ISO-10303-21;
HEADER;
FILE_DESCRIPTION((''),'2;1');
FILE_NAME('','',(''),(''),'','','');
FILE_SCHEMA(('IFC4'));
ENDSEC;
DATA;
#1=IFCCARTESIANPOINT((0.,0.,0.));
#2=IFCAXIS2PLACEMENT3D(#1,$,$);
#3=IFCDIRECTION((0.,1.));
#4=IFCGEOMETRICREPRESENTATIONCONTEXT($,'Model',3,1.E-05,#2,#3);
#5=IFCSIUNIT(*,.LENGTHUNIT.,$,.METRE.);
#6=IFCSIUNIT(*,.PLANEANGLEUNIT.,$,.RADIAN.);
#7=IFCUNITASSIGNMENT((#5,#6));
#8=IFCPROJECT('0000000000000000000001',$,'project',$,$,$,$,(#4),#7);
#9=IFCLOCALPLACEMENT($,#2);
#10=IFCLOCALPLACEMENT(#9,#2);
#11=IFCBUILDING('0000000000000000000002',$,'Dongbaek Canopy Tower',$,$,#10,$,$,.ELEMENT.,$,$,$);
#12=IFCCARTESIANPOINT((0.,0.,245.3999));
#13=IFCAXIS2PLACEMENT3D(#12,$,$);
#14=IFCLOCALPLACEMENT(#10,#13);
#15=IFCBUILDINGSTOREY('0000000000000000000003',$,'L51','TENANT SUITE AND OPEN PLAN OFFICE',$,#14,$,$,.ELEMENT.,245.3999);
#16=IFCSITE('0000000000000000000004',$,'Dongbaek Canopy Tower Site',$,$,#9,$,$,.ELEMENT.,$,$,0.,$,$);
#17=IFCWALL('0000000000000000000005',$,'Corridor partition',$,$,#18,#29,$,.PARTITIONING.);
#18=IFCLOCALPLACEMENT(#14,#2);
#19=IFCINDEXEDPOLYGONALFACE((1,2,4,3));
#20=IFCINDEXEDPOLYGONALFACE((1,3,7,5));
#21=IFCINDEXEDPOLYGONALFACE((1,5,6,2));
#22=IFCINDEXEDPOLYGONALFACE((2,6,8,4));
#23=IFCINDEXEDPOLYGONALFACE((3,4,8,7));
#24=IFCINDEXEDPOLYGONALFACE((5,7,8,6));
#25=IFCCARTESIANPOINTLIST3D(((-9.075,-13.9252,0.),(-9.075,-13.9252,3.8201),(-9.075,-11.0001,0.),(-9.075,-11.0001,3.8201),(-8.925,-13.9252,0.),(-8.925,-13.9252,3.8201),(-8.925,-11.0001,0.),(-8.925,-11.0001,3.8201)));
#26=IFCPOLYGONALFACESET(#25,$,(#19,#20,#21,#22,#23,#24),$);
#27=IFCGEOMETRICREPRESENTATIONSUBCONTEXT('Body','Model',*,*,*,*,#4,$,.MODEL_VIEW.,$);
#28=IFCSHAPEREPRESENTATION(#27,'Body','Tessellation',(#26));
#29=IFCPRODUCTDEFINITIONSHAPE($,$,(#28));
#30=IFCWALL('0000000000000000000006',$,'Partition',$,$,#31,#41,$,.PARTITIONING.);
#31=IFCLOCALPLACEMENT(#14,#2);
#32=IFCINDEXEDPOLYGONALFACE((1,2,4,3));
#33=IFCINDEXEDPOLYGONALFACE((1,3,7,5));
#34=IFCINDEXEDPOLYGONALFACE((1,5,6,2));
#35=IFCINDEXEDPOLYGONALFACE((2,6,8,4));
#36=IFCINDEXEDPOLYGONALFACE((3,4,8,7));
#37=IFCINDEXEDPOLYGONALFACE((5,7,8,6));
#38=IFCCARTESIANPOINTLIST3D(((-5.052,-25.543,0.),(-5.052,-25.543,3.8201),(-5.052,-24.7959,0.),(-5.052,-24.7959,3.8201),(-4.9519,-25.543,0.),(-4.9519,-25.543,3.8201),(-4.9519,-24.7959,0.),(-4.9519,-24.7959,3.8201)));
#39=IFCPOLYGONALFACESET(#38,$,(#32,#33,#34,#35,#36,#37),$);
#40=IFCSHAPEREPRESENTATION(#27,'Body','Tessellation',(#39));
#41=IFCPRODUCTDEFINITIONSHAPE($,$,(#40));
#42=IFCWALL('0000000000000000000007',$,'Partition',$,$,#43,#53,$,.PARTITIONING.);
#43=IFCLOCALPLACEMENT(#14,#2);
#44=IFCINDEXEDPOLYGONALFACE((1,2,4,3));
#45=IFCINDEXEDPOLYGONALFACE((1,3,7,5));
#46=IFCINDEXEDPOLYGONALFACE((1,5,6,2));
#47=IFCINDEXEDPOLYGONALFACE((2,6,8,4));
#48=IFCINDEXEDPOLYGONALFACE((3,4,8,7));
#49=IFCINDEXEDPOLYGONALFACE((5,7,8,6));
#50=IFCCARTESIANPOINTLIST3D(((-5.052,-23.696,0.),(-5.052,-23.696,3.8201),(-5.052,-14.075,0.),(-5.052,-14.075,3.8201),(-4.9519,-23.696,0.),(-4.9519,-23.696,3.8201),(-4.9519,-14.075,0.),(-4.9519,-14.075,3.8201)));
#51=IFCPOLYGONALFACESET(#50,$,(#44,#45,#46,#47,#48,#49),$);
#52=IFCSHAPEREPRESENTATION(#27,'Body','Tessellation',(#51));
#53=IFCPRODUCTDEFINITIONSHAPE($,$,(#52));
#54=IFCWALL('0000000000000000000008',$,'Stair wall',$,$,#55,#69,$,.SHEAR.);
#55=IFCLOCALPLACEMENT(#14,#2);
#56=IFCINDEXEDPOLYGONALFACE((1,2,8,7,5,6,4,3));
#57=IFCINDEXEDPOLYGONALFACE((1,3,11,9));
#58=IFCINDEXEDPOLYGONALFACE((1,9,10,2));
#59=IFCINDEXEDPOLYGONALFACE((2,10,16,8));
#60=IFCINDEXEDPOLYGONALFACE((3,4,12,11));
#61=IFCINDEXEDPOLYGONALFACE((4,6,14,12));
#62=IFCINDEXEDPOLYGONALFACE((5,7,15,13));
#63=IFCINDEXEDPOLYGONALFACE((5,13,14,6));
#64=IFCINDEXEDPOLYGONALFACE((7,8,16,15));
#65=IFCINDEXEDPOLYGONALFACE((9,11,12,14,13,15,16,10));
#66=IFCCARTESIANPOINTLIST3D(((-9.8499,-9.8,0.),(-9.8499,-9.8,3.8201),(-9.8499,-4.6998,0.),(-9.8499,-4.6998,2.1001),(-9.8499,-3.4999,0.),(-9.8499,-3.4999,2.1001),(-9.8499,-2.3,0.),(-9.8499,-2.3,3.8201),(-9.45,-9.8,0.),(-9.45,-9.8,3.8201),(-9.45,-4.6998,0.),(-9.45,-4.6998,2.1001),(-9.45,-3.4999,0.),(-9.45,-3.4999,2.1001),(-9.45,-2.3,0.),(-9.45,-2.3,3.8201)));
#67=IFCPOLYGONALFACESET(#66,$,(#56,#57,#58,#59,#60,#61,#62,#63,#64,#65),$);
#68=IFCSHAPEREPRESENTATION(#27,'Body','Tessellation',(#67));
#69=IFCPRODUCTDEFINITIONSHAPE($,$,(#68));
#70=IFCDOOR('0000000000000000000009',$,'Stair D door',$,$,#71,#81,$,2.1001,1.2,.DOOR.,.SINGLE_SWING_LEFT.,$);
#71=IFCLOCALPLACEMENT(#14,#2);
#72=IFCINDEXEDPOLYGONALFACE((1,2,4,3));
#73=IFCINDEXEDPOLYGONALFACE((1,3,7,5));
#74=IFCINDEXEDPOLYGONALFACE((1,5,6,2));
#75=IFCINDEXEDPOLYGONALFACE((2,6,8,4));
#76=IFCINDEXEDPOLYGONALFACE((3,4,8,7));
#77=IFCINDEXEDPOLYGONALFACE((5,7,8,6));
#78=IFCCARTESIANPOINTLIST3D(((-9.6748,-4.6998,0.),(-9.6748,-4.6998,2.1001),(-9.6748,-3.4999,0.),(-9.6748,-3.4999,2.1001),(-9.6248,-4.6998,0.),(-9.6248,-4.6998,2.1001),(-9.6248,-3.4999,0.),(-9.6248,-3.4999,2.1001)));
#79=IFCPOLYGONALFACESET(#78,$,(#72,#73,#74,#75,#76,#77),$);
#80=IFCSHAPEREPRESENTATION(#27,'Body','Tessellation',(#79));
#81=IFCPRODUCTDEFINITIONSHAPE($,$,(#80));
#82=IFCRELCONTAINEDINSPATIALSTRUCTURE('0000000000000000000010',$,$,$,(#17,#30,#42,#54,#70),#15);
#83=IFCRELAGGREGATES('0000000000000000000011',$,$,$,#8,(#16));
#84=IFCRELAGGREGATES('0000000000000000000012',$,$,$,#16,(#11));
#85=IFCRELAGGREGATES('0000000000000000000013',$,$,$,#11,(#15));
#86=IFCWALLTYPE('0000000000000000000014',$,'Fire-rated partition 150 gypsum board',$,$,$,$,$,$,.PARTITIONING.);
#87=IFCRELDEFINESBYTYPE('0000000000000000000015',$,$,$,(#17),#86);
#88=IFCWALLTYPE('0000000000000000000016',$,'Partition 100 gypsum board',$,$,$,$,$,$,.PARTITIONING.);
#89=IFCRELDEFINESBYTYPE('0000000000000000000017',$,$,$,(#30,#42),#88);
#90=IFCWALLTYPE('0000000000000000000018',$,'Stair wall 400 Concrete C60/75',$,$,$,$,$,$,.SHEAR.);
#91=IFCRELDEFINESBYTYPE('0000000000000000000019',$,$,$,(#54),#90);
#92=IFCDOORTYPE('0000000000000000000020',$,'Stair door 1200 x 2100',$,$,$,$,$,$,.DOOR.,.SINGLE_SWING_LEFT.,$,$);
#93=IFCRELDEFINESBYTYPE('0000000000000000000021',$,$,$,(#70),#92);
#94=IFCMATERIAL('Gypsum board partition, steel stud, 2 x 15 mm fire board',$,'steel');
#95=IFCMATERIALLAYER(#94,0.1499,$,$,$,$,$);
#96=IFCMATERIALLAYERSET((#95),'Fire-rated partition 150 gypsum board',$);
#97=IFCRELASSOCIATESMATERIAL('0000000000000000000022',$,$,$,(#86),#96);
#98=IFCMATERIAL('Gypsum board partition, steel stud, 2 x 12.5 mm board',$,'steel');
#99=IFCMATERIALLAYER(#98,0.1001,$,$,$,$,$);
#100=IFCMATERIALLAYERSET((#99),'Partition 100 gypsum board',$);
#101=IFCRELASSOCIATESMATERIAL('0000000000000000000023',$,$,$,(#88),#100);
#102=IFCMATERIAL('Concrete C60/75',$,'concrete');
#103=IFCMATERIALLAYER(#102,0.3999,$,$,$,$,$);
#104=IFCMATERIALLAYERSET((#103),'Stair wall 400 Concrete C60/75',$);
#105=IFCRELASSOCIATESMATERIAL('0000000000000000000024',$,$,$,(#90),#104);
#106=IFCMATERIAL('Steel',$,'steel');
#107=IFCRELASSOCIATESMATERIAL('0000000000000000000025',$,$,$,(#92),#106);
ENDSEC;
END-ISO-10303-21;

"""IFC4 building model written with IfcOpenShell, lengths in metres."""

from ifc_helpers import new_model, si_unit, direction, frame, frame_2d, origin, place, context, subcontext, project, spatial, rectangle, extrude, material, layer, layer_set, type_object, element, fill, save


model = new_model("IFC4")

# Units and contexts
model_context = context("Model", 3, precision=1e-05, world=origin(), true_north=direction((0.0, 1.0)))
body_context = subcontext(model_context, "Body", "Model", "MODEL_VIEW")
ifc_project = project(units=[si_unit("LENGTHUNIT", "METRE"), si_unit("PLANEANGLEUNIT", "RADIAN")], contexts=[model_context])

# Site, building, storey
site_placement = place(None, origin())
site = spatial("IfcSite", under=ifc_project, at=site_placement, Name="Dongbaek Canopy Tower Site", CompositionType="ELEMENT", RefElevation=0.0)
building_placement = place(site_placement, origin())
building = spatial("IfcBuilding", under=site, at=building_placement, Name="Dongbaek Canopy Tower", CompositionType="ELEMENT")
storey_placement = place(building_placement, frame((0.0, 0.0, 245.3999)))
storey = spatial("IfcBuildingStorey", under=building, at=storey_placement, Name="L51", Description="TENANT SUITE AND OPEN PLAN OFFICE", CompositionType="ELEMENT", Elevation=245.3999)

# Walls
ifc_material_1 = material(Name="Gypsum board partition, steel stud, 2 x 15 mm fire board", Category="steel")
ifc_layer_1 = layer(ifc_material_1, 0.1499)
ifc_layer_set_1 = layer_set([ifc_layer_1], Name="Fire-rated partition 150 gypsum board")
wall_type_1 = type_object("IfcWallType", Name="Fire-rated partition 150 gypsum board", PredefinedType="PARTITIONING", material=ifc_layer_set_1)
wall_1_placement = place(storey_placement, frame((-9.0, -13.925, 0.0), z_axis=(0.0, 0.0, 1.0), x_axis=(0.0, 1.0, 0.0)))
element("IfcWall", 1, at=wall_1_placement, inside=storey, type_object=wall_type_1, Name="Corridor partition", PredefinedType="PARTITIONING", context=body_context, shape_type="SweptSolid", body=[
    extrude(rectangle(XDim=2.925, YDim=0.1499, at=frame_2d((1.4624, 0.0))), origin(), (0.0, 0.0, 1.0), 3.8201),
])
ifc_material_2 = material(Name="Gypsum board partition, steel stud, 2 x 12.5 mm board", Category="steel")
ifc_layer_2 = layer(ifc_material_2, 0.1001)
ifc_layer_set_2 = layer_set([ifc_layer_2], Name="Partition 100 gypsum board")
wall_type_2 = type_object("IfcWallType", Name="Partition 100 gypsum board", PredefinedType="PARTITIONING", material=ifc_layer_set_2)
wall_2_placement = place(storey_placement, frame((-5.002, -25.543, 0.0), z_axis=(0.0, 0.0, 1.0), x_axis=(0.0, 1.0, 0.0)))
element("IfcWall", 2, at=wall_2_placement, inside=storey, type_object=wall_type_2, Name="Partition", PredefinedType="PARTITIONING", context=body_context, shape_type="SweptSolid", body=[
    extrude(rectangle(XDim=0.7471, YDim=0.1001, at=frame_2d((0.3735, 0.0))), origin(), (0.0, 0.0, 1.0), 3.8201),
])
wall_3_placement = place(storey_placement, frame((-5.002, -23.696, 0.0), z_axis=(0.0, 0.0, 1.0), x_axis=(0.0, 1.0, 0.0)))
element("IfcWall", 3, at=wall_3_placement, inside=storey, type_object=wall_type_2, Name="Partition", PredefinedType="PARTITIONING", context=body_context, shape_type="SweptSolid", body=[
    extrude(rectangle(XDim=9.6211, YDim=0.1001, at=frame_2d((4.8105, 0.0))), origin(), (0.0, 0.0, 1.0), 3.8201),
])

# Wall, opening, door
ifc_material_3 = material(Name="Concrete C60/75", Category="concrete")
ifc_layer_3 = layer(ifc_material_3, 0.3999)
ifc_layer_set_3 = layer_set([ifc_layer_3], Name="Stair wall 400 Concrete C60/75")
wall_type_3 = type_object("IfcWallType", Name="Stair wall 400 Concrete C60/75", PredefinedType="SHEAR", material=ifc_layer_set_3)
wall_4_placement = place(storey_placement, frame((-9.6499, -9.8, 0.0), z_axis=(0.0, 0.0, 1.0), x_axis=(0.0, 1.0, 0.0)))
wall_4 = element("IfcWall", 4, at=wall_4_placement, inside=storey, type_object=wall_type_3, Name="Stair wall", PredefinedType="SHEAR", context=body_context, shape_type="SweptSolid", body=[
    extrude(rectangle(XDim=7.5, YDim=0.3999, at=frame_2d((3.75, 0.0))), origin(), (0.0, 0.0, 1.0), 3.8201),
])
opening_1_placement = place(wall_4_placement, frame((5.1001, 0.0, 0.0)))
opening_1 = element("IfcOpeningElement", 5, at=opening_1_placement, cuts=wall_4, PredefinedType="OPENING", context=body_context, shape_type="SweptSolid", body=[
    extrude(rectangle(XDim=1.2, YDim=2.1001, at=frame_2d((0.6001, 1.05))), frame((0.0, 0.21, 0.0), z_axis=(0.0, -1.0, 0.0), x_axis=(1.0, 0.0, 0.0)), (0.0, 0.0, 1.0), 0.4199),
])
ifc_material_4 = material(Name="Steel", Category="steel")
door_type_1 = type_object("IfcDoorType", Name="Stair door 1200 x 2100", OperationType="SINGLE_SWING_LEFT", PredefinedType="DOOR", material=ifc_material_4)
door_1_placement = place(opening_1_placement, origin())
door_1 = element("IfcDoor", 6, at=door_1_placement, inside=storey, type_object=door_type_1, Name="Stair D door", OperationType="SINGLE_SWING_LEFT", OverallHeight=2.1001, OverallWidth=1.2, PredefinedType="DOOR", context=body_context, shape_type="SweptSolid", body=[
    extrude(rectangle(XDim=1.2, YDim=2.1001, at=frame_2d((0.6001, 1.05))), frame((0.0, 0.0249, 0.0), z_axis=(0.0, -1.0, 0.0), x_axis=(1.0, 0.0, 0.0)), (0.0, 0.0, 1.0), 0.05),
])
fill(opening_1, door_1)

save(model, "model.ifc")
